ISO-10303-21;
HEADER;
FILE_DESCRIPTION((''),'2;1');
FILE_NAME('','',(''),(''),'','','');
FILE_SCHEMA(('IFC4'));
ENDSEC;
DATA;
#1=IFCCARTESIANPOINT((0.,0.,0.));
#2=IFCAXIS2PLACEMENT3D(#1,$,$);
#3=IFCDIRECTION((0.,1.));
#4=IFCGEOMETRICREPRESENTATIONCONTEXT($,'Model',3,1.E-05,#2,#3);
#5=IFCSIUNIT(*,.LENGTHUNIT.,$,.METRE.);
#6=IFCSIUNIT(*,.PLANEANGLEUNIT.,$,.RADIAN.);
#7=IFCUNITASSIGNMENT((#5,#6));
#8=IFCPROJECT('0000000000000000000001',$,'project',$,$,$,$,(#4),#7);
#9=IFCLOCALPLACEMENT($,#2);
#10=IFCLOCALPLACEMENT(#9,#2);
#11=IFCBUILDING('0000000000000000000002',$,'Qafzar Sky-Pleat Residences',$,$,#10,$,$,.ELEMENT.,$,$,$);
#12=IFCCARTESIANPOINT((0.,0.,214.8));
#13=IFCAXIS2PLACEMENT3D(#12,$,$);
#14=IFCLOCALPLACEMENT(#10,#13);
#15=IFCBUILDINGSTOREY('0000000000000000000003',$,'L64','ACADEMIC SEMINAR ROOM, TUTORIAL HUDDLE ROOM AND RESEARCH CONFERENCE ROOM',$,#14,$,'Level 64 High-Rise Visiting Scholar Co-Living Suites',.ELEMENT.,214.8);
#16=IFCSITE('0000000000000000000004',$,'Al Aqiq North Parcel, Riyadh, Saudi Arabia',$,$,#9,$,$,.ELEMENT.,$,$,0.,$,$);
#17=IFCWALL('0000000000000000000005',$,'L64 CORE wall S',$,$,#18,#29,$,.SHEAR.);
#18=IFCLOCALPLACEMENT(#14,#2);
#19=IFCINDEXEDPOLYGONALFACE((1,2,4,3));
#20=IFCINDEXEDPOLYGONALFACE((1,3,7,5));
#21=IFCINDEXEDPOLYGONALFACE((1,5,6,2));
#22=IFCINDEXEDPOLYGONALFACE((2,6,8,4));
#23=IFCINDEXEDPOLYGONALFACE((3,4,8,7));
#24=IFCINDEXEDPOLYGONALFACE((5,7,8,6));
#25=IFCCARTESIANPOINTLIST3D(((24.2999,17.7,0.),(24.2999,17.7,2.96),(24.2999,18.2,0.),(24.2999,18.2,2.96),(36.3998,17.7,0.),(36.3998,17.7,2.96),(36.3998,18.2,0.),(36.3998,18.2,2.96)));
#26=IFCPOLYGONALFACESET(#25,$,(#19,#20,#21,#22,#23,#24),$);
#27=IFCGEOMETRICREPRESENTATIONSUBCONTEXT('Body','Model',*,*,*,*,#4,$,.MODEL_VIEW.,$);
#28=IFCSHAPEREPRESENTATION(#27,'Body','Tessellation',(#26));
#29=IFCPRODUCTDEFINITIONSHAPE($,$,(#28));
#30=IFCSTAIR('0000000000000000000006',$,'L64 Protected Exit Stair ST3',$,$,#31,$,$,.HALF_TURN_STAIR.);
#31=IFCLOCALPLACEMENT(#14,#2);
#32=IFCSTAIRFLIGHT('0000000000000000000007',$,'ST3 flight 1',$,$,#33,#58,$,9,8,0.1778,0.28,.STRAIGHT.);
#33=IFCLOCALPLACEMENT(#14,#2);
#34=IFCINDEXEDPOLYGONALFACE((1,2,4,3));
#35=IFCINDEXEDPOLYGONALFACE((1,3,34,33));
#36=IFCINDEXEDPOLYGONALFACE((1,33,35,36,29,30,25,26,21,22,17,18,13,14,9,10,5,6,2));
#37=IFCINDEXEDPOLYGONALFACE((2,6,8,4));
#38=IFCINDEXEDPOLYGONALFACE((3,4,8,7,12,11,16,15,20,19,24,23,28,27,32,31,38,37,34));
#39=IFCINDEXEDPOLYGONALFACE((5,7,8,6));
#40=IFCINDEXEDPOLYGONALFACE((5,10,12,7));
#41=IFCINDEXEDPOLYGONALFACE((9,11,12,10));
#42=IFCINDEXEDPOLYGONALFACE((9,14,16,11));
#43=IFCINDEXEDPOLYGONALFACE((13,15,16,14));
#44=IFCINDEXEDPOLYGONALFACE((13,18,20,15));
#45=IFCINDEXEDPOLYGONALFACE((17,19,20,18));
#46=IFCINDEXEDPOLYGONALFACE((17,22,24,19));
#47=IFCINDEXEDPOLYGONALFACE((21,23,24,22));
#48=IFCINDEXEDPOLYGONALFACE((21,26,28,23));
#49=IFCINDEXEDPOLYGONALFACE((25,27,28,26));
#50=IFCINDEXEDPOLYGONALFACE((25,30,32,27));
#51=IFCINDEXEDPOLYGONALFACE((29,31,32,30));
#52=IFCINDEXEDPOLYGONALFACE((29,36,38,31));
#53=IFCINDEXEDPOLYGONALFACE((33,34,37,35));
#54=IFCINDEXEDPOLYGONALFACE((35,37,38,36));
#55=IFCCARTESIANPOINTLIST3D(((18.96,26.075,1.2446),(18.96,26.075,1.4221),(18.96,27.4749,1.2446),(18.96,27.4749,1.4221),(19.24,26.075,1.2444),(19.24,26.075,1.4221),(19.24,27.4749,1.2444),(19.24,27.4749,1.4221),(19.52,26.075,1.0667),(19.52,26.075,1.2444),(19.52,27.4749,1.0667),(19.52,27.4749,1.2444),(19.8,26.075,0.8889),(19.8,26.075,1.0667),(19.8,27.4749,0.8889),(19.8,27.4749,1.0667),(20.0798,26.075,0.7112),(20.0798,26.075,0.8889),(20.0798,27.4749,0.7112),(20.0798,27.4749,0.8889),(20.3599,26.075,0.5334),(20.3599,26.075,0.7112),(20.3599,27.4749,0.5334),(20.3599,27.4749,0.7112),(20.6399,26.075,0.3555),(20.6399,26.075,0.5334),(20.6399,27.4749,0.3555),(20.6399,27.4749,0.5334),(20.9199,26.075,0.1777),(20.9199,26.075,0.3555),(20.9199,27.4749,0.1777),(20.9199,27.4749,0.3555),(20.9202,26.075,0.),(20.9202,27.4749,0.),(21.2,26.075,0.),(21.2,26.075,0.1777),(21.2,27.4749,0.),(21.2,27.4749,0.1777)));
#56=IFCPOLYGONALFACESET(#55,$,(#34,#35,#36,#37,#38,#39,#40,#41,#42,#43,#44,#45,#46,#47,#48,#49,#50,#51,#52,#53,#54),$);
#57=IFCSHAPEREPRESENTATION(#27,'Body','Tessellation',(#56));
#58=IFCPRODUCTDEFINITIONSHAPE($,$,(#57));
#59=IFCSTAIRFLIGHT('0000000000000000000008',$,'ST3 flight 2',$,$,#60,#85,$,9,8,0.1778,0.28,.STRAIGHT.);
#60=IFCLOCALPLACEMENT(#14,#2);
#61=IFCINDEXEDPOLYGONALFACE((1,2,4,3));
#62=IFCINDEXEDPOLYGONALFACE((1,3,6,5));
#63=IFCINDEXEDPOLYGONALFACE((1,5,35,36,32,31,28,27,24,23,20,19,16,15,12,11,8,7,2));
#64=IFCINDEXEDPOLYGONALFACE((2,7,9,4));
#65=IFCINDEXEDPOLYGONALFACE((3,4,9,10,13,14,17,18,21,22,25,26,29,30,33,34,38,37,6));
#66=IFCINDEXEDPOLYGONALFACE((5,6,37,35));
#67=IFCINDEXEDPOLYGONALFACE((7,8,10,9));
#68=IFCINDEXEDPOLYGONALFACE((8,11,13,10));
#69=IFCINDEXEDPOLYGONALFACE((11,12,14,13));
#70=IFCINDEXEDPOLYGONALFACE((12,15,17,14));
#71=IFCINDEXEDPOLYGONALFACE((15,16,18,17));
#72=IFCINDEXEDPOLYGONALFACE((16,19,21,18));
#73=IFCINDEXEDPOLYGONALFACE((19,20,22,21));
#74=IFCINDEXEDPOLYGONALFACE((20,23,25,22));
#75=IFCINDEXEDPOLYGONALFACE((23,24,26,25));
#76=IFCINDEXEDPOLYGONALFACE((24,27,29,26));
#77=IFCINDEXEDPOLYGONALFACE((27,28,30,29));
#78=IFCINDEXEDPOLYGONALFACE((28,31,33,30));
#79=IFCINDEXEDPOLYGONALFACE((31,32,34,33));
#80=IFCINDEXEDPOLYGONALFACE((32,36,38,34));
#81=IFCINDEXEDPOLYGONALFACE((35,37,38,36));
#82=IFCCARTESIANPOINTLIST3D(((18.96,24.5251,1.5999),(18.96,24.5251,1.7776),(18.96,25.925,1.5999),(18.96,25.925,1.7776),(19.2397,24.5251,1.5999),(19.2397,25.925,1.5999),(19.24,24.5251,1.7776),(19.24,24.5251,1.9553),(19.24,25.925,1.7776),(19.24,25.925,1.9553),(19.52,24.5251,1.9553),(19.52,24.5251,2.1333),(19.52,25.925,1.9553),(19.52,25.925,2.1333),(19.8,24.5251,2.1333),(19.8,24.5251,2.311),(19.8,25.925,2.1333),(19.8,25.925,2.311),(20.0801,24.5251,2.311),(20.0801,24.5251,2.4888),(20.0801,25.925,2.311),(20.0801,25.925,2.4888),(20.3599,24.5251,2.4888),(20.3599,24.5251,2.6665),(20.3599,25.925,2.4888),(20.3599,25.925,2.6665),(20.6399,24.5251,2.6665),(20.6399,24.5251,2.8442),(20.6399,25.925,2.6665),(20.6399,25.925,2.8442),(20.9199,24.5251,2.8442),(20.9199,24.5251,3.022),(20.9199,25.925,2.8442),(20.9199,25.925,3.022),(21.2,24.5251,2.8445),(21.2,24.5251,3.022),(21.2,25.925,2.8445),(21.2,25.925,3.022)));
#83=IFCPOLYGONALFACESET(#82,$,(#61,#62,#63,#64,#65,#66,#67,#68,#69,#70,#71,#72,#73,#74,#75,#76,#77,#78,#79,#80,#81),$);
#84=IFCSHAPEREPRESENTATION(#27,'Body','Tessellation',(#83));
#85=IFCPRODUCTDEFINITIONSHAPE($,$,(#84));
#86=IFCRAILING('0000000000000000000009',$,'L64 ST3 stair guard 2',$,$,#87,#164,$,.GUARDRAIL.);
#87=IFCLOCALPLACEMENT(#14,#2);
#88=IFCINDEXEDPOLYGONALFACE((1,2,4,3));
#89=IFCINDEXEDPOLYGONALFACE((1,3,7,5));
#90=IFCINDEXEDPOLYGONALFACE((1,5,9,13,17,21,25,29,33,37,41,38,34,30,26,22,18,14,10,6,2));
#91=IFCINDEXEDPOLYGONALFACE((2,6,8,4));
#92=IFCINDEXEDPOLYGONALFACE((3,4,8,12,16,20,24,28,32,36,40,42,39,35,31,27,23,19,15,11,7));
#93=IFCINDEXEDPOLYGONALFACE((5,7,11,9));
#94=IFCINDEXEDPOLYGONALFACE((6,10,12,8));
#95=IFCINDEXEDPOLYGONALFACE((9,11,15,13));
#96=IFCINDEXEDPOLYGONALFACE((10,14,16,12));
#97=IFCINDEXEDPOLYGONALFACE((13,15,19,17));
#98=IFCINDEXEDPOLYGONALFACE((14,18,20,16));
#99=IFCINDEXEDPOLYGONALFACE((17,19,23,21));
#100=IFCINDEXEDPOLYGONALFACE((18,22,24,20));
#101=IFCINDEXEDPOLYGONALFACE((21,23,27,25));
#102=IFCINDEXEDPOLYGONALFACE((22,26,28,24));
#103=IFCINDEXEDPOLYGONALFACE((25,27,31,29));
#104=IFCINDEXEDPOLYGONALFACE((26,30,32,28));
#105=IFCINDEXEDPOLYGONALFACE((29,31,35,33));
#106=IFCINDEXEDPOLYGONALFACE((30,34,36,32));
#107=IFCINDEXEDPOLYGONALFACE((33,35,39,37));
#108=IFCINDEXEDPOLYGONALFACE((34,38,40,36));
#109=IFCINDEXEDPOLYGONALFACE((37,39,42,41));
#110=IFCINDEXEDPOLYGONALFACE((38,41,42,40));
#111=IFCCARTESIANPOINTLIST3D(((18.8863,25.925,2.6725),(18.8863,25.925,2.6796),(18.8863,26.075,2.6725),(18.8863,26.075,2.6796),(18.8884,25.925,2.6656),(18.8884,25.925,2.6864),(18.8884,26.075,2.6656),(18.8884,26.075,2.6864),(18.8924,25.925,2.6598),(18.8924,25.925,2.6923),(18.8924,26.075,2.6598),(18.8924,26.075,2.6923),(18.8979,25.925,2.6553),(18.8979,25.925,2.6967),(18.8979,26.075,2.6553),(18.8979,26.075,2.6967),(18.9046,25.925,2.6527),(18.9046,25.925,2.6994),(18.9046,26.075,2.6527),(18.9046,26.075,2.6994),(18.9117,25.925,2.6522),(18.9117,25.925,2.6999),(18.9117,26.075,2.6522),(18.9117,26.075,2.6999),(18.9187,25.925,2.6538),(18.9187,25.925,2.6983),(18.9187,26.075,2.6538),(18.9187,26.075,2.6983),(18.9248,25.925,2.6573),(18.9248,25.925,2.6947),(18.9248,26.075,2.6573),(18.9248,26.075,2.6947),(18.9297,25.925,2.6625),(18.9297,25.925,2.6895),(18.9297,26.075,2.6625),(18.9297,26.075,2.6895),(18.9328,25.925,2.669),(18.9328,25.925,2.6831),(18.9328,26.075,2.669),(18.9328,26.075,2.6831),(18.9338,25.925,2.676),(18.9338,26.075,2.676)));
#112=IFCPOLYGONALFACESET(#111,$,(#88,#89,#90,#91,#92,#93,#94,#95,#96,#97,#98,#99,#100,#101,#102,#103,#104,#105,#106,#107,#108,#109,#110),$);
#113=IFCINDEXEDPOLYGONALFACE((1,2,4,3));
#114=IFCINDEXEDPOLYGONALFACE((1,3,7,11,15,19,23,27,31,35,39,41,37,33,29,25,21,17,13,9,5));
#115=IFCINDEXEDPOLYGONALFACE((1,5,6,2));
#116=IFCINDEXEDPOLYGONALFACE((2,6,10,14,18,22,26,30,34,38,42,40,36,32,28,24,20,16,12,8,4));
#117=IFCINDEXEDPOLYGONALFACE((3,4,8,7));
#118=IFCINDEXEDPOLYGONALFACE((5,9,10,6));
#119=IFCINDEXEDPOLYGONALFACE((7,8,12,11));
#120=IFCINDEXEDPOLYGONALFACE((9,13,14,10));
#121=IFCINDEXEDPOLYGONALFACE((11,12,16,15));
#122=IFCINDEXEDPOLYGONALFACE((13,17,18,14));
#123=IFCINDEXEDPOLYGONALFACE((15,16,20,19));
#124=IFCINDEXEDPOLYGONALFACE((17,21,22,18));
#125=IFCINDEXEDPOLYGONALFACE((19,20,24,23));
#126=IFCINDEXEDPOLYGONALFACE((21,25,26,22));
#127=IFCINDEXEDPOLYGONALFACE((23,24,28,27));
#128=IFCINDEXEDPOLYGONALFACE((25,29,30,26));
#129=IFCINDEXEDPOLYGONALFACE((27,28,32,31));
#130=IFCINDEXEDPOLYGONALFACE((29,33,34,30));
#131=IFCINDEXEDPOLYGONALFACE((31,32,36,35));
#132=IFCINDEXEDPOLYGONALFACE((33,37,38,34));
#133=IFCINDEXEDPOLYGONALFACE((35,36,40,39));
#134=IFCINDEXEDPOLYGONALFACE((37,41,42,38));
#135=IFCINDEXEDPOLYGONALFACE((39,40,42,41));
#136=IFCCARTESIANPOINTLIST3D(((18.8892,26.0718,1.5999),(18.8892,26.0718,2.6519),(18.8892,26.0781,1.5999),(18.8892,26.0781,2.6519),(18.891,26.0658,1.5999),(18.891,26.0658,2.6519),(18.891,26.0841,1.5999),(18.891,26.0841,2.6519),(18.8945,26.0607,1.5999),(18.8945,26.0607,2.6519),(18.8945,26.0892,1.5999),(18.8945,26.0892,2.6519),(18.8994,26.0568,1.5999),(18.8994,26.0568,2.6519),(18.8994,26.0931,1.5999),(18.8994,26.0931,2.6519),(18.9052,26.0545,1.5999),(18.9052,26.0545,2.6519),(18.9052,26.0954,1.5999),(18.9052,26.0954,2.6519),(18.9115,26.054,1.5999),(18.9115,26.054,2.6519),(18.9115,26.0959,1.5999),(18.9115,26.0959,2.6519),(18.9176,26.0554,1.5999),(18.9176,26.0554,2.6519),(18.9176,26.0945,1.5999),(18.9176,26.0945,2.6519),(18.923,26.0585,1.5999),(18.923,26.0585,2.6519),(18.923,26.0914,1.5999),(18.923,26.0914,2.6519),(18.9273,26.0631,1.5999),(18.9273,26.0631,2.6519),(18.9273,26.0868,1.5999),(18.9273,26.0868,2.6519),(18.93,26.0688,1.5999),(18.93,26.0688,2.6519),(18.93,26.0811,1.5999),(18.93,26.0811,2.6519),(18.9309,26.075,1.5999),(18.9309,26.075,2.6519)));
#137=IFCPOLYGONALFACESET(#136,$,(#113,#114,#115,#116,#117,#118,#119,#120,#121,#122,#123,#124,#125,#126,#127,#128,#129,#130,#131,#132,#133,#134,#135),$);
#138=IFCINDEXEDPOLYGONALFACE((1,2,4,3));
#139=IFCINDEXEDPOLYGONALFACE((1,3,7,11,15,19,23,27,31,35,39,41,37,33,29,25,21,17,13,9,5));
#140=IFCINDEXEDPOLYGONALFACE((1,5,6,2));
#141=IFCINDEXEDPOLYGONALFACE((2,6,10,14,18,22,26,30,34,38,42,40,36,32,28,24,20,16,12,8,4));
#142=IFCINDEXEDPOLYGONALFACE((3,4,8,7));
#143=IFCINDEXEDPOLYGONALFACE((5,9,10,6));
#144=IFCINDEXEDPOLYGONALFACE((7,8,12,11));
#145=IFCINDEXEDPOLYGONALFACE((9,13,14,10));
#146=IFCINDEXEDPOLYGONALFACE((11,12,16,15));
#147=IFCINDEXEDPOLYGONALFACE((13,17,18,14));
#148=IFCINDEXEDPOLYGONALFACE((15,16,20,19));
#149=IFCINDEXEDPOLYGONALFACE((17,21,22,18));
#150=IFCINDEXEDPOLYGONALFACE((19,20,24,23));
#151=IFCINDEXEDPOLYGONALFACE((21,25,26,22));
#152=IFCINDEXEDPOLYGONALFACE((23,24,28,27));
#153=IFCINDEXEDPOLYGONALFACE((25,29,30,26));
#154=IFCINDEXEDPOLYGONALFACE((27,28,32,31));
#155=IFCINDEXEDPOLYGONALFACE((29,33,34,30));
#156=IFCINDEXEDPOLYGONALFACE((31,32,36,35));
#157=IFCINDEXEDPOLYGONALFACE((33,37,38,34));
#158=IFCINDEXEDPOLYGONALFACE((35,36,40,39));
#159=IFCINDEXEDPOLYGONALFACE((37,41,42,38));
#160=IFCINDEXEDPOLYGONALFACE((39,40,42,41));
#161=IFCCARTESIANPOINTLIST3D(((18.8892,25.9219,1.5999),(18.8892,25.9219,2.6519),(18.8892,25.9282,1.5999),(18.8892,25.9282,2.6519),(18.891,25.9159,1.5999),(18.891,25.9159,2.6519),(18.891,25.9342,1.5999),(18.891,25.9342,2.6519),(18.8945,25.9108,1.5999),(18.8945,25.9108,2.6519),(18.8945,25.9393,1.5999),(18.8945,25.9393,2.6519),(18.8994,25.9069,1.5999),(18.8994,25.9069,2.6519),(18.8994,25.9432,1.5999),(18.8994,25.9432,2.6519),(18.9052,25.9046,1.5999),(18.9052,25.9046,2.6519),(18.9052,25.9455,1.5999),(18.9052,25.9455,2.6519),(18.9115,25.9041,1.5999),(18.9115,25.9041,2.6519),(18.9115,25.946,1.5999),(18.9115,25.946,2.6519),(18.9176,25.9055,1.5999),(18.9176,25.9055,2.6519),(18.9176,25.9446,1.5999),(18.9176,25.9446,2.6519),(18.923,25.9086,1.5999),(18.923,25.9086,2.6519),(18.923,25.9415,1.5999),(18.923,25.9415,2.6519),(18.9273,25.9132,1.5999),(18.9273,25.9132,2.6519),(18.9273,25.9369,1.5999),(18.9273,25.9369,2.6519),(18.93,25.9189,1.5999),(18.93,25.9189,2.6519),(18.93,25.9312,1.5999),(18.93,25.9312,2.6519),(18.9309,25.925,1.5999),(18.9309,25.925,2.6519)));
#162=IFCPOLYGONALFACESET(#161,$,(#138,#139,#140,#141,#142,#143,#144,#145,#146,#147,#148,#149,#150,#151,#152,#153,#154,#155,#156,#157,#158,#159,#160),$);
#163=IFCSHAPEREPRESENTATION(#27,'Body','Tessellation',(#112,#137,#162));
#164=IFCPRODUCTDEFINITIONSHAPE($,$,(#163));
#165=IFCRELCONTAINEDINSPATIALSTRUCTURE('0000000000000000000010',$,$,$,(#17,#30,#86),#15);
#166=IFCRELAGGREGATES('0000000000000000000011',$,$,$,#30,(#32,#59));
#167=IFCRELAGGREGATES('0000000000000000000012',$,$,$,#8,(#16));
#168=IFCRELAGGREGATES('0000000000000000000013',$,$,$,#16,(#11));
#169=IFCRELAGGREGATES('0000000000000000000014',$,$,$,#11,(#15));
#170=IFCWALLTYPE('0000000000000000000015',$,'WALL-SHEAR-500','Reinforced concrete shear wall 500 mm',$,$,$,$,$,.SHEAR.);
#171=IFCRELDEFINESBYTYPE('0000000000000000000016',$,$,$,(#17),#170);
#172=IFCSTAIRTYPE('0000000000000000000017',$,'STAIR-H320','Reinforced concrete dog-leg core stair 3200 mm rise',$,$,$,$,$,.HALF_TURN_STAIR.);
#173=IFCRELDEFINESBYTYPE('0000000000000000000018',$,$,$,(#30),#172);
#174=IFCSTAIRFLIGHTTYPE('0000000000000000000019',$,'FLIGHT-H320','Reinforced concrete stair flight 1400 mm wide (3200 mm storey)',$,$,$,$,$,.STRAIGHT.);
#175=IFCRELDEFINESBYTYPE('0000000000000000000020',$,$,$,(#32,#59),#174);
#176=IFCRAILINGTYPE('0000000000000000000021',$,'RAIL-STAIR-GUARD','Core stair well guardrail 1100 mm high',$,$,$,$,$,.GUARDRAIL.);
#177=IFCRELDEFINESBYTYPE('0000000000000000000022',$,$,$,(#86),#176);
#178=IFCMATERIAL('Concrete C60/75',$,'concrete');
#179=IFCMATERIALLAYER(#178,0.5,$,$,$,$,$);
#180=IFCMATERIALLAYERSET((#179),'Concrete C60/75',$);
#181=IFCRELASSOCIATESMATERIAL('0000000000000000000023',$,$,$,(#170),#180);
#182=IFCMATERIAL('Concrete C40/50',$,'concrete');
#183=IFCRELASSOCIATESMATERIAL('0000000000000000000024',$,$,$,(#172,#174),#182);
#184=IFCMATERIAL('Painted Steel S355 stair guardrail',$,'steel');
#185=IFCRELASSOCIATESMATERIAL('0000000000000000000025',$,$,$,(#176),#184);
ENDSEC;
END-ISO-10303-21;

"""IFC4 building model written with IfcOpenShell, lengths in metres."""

from ifc_helpers import new_model, si_unit, direction, frame, frame_2d, origin, origin_2d, place, context, subcontext, project, spatial, polyline, rectangle, circle, outline, extrude, source, transform, mapped, material, layer, layer_set, type_object, element, aggregate, save


model = new_model("IFC4")

# Units and contexts
model_context = context("Model", 3, precision=1e-05, world=origin(), true_north=direction((0.0, 1.0)))
body_context = subcontext(model_context, "Body", "Model", "MODEL_VIEW")
ifc_project = project(units=[si_unit("LENGTHUNIT", "METRE"), si_unit("PLANEANGLEUNIT", "RADIAN")], contexts=[model_context])

# Site, building, storey
site_placement = place(None, origin())
site = spatial("IfcSite", under=ifc_project, at=site_placement, Name="Al Aqiq North Parcel, Riyadh, Saudi Arabia", CompositionType="ELEMENT", RefElevation=0.0)
building_placement = place(site_placement, origin())
building = spatial("IfcBuilding", under=site, at=building_placement, Name="Qafzar Sky-Pleat Residences", CompositionType="ELEMENT")
storey_placement = place(building_placement, frame((0.0, 0.0, 214.8)))
storey = spatial("IfcBuildingStorey", under=building, at=storey_placement, Name="L64", Description="ACADEMIC SEMINAR ROOM, TUTORIAL HUDDLE ROOM AND RESEARCH CONFERENCE ROOM", LongName="Level 64 High-Rise Visiting Scholar Co-Living Suites", CompositionType="ELEMENT", Elevation=214.8)

# Shared definitions
ifc_material_1 = material(Name="Concrete C60/75", Category="concrete")

# Wall
ifc_layer_1 = layer(ifc_material_1, 0.5)
ifc_layer_set_1 = layer_set([ifc_layer_1], Name="Concrete C60/75")
wall_type_1 = type_object("IfcWallType", Name="WALL-SHEAR-500", Description="Reinforced concrete shear wall 500 mm", PredefinedType="SHEAR", material=ifc_layer_set_1)
wall_1_placement = place(storey_placement, frame((24.3, 17.95, 0.0), z_axis=(0.0, 0.0, 1.0), x_axis=(1.0, 0.0, 0.0)))
element("IfcWall", 1, at=wall_1_placement, inside=storey, type_object=wall_type_1, Name="L64 CORE wall S", PredefinedType="SHEAR", context=body_context, shape_type="SweptSolid", body=[
    extrude(rectangle(XDim=12.0999, YDim=0.5, at=frame_2d((6.0498, 0.0))), origin(), (0.0, 0.0, 1.0), 2.96),
])

# Stair, stair flights
ifc_material_2 = material(Name="Concrete C40/50", Category="concrete")
stair_type = type_object("IfcStairType", Name="STAIR-H320", Description="Reinforced concrete dog-leg core stair 3200 mm rise", PredefinedType="HALF_TURN_STAIR", material=ifc_material_2)
stair_placement = place(storey_placement, origin())
stair = element("IfcStair", 2, at=stair_placement, inside=storey, type_object=stair_type, Name="L64 Protected Exit Stair ST3", PredefinedType="HALF_TURN_STAIR")
stair_flight_type = type_object("IfcStairFlightType", Name="FLIGHT-H320", Description="Reinforced concrete stair flight 1400 mm wide (3200 mm storey)", PredefinedType="STRAIGHT", material=ifc_material_2)
shared_shape_1 = source(origin(), body_context, "Body", "SweptSolid", [
    extrude(outline(polyline([(0.0, 0.0), (0.0, 0.1777), (0.28, 0.1777), (0.28, 0.3555), (0.5601, 0.3555), (0.5601, 0.5334), (0.8401, 0.5334), (0.8401, 0.7112), (1.1201, 0.7112), (1.1201, 0.8889), (1.3999, 0.8889), (1.3999, 1.0667), (1.6799, 1.0667), (1.6799, 1.2444), (1.96, 1.2444), (1.96, 1.4221), (2.24, 1.4221), (2.24, 1.6001), (2.24, 1.2446), (0.2798, 0.0), (0.0, 0.0)])), frame((0.0, 0.7, 0.0), z_axis=(0.0, -1.0, 0.0), x_axis=(1.0, 0.0, 0.0)), (0.0, 0.0, 1.0), 1.3999),
])
stair_flight_1_placement = place(storey_placement, frame((21.2, 26.7749, 0.0), z_axis=(0.0, 0.0, 1.0), x_axis=(-1.0, 0.0, 0.0)))
stair_flight_1 = element("IfcStairFlight", 3, at=stair_flight_1_placement, type_object=stair_flight_type, Name="ST3 flight 1", NumberOfRisers=9, NumberOfTreads=8, PredefinedType="STRAIGHT", RiserHeight=0.1778, TreadLength=0.28, context=body_context, shape_type="MappedRepresentation", body=[
    mapped(shared_shape_1, transform((0.0, 0.0, 0.0), x_axis=(1.0, 0.0, 0.0), y_axis=(0.0, 1.0, 0.0), z_axis=(0.0, 0.0, 1.0), scale=1.0)),
])
stair_flight_2_placement = place(storey_placement, frame((18.96, 25.2251, 1.5999), z_axis=(0.0, 0.0, 1.0), x_axis=(1.0, 0.0, 0.0)))
stair_flight_2 = element("IfcStairFlight", 4, at=stair_flight_2_placement, type_object=stair_flight_type, Name="ST3 flight 2", NumberOfRisers=9, NumberOfTreads=8, PredefinedType="STRAIGHT", RiserHeight=0.1778, TreadLength=0.28, context=body_context, shape_type="MappedRepresentation", body=[
    mapped(shared_shape_1, transform((0.0, 0.0, 0.0), x_axis=(1.0, 0.0, 0.0), y_axis=(0.0, 1.0, 0.0), z_axis=(0.0, 0.0, 1.0), scale=1.0)),
])
aggregate(stair, [stair_flight_1, stair_flight_2])

# Railing
ifc_material_3 = material(Name="Painted Steel S355 stair guardrail", Category="steel")
railing_type_1 = type_object("IfcRailingType", Name="RAIL-STAIR-GUARD", Description="Core stair well guardrail 1100 mm high", PredefinedType="GUARDRAIL", material=ifc_material_3)
shared_shape_2 = source(origin(), body_context, "Body", "SweptSolid", [
    extrude(circle(Radius=0.0239, at=origin_2d()), frame((0.0, 0.0, 1.0762), z_axis=(0.0, -1.0, 0.0), x_axis=(1.0, 0.0, 0.0)), (0.0, 0.0, 1.0), 0.1499),
    extrude(circle(Radius=0.021, at=origin_2d()), origin(), (0.0, 0.0, 1.0), 1.052),
    extrude(circle(Radius=0.021, at=origin_2d()), frame((0.0, -0.1499, 0.0)), (0.0, 0.0, 1.0), 1.052),
])
for number, where, name in (
    (5, (18.9099, 26.075, 1.5999), "L64 ST3 stair guard 2"),
):
    element("IfcRailing", number, at=place(storey_placement, frame(where)), inside=storey, type_object=railing_type_1, Name=name, PredefinedType="GUARDRAIL", context=body_context, shape_type="MappedRepresentation", body=[
        mapped(shared_shape_2, transform((0.0, 0.0, 0.0), x_axis=(1.0, 0.0, 0.0), y_axis=(0.0, 1.0, 0.0), z_axis=(0.0, 0.0, 1.0), scale=1.0)),
    ])

save(model, "model.ifc")
